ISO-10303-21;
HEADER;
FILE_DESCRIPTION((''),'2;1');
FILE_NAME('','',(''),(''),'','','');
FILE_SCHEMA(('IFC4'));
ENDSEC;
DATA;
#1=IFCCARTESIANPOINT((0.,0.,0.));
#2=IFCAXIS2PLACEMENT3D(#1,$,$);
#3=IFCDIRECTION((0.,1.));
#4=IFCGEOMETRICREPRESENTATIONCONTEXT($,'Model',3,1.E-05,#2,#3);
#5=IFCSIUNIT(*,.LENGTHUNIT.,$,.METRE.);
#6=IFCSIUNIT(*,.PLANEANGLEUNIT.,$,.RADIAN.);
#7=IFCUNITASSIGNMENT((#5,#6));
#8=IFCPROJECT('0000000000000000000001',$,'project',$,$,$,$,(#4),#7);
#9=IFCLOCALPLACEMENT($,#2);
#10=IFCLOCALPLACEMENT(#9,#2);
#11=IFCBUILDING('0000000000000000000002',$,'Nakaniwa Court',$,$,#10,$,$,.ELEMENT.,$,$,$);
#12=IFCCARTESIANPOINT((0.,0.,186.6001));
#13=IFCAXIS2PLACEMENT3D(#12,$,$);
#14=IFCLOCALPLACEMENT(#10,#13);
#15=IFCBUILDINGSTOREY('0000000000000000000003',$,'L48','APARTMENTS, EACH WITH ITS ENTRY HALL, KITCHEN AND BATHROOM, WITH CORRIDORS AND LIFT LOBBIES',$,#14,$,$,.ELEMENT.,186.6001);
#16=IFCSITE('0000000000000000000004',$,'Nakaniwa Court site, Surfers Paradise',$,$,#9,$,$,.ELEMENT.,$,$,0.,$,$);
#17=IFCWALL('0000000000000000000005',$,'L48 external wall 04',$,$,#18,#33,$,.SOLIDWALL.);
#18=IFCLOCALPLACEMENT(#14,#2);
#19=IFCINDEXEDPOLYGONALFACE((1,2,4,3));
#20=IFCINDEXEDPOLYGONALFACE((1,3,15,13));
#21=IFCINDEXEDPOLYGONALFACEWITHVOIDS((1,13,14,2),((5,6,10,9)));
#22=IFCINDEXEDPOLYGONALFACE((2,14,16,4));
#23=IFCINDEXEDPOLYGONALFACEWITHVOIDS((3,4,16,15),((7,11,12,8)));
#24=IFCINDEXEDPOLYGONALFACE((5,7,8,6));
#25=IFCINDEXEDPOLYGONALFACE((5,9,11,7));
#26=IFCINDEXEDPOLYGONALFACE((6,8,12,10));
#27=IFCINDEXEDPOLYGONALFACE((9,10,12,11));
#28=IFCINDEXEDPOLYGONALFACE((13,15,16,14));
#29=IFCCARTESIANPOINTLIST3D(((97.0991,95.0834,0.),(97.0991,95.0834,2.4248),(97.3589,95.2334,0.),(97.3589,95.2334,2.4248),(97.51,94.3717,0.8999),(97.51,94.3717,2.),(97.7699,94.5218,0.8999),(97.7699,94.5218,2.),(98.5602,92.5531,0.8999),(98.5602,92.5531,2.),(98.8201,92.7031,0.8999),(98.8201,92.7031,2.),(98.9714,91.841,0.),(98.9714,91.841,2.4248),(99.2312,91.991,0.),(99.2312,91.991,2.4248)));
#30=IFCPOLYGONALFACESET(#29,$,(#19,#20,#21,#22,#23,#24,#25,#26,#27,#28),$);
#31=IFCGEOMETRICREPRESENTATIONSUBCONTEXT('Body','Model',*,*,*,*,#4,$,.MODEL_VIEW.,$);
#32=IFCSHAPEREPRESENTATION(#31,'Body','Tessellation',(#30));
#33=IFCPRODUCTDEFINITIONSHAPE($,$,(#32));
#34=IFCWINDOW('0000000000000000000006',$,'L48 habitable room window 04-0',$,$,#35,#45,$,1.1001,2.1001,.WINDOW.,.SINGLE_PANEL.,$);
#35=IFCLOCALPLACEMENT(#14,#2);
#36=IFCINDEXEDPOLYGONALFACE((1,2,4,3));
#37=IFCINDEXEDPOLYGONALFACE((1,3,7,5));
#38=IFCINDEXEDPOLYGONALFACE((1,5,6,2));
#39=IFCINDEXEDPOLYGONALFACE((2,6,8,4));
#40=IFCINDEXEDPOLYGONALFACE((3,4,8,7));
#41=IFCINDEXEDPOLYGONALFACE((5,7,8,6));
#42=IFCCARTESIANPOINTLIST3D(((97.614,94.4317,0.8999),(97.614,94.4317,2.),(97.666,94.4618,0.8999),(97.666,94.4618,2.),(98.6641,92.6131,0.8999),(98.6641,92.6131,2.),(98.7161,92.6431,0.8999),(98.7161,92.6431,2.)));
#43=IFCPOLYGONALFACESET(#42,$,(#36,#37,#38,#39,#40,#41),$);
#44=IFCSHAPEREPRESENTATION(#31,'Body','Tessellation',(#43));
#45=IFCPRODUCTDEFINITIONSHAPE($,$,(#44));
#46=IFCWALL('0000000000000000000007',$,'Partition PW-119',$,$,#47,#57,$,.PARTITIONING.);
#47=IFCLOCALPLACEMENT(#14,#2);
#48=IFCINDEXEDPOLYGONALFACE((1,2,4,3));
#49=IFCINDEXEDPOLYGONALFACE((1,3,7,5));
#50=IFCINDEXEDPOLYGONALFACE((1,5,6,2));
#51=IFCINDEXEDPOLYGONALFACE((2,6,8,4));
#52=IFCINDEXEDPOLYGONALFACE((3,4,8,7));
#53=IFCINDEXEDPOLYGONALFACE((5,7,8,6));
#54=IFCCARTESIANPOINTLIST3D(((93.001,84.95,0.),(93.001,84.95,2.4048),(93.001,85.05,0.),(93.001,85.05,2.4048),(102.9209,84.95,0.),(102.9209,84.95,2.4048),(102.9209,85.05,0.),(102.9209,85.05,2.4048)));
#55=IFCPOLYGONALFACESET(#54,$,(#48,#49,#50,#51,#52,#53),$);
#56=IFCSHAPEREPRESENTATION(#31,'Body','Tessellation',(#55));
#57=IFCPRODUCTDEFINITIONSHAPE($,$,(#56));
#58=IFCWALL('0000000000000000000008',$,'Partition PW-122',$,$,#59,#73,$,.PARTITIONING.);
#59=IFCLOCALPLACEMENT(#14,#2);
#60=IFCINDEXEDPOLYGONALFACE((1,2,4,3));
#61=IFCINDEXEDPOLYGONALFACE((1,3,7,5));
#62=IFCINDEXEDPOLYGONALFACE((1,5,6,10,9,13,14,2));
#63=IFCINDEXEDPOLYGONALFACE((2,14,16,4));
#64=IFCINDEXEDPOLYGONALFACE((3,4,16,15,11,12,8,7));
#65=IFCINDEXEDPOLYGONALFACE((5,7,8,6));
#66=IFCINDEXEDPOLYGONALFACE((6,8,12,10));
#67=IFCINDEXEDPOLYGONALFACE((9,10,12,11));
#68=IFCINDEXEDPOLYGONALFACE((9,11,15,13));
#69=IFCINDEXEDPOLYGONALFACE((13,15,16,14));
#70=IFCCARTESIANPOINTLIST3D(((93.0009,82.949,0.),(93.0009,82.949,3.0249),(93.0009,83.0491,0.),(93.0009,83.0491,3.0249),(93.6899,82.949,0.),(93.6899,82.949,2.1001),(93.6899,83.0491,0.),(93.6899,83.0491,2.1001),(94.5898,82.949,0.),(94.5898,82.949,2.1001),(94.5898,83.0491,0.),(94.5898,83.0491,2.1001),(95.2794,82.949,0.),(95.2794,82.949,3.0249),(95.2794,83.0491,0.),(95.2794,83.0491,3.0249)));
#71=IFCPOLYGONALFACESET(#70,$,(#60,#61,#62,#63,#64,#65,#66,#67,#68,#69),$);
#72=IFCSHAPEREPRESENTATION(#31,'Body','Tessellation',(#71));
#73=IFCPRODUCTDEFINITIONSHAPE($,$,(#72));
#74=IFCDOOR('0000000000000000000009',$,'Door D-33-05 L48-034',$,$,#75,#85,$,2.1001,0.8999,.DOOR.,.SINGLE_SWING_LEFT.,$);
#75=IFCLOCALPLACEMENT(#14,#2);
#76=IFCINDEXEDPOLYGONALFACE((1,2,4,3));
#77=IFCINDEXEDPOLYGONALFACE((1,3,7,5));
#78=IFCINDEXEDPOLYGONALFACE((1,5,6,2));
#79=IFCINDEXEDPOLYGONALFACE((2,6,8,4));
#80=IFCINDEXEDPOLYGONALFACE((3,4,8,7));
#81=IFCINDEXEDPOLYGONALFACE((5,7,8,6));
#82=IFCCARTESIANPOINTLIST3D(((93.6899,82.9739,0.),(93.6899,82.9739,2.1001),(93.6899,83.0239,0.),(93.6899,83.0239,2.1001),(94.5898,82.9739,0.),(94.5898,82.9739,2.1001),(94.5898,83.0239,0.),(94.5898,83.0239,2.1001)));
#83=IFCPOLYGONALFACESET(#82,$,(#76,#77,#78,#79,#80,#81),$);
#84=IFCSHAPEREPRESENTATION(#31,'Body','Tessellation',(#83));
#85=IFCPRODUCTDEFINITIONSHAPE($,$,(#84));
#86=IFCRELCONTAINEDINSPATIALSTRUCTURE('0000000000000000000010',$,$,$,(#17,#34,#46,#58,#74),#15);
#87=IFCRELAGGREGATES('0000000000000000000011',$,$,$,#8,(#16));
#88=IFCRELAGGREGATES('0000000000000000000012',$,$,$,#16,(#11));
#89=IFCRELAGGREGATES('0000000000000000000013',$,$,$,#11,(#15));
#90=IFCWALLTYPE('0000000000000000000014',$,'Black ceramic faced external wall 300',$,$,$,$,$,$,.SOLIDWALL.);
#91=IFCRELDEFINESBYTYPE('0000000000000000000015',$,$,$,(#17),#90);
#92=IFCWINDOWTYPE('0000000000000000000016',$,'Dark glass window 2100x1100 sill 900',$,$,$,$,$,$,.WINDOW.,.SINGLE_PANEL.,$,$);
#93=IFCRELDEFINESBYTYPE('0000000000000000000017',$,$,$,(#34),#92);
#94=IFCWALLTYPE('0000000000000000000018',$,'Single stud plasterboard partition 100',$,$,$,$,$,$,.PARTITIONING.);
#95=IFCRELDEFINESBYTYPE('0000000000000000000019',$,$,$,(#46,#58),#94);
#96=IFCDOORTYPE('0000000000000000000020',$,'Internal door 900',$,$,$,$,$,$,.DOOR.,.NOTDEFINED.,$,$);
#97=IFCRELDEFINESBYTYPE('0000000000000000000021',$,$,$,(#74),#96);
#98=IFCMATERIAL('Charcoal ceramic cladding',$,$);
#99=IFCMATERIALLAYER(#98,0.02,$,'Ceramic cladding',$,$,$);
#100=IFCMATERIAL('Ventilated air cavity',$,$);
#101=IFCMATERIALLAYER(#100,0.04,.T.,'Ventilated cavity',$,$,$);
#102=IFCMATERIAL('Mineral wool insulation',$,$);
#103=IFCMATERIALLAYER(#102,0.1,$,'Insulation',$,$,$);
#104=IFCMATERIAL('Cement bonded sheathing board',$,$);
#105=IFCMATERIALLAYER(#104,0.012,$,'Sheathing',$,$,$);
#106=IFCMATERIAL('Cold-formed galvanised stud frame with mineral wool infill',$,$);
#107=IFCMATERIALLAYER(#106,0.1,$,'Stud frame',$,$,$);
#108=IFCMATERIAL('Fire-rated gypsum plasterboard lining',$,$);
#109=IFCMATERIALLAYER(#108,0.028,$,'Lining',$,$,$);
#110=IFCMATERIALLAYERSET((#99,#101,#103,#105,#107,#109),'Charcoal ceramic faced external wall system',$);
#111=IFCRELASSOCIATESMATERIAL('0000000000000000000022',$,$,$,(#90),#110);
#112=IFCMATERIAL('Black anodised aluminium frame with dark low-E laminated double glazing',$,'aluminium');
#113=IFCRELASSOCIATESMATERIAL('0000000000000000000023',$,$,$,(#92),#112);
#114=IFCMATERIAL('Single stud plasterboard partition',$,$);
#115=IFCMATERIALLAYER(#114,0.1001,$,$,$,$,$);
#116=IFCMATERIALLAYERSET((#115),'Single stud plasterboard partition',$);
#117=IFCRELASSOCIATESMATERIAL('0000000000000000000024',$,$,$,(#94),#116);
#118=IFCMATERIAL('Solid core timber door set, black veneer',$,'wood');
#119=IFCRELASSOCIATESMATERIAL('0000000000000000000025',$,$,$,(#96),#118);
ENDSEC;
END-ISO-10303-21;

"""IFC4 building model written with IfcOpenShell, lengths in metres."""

from ifc_helpers import new_model, si_unit, direction, frame, frame_2d, origin, place, context, subcontext, project, spatial, rectangle, extrude, material, layer, layer_set, type_object, element, fill, save


model = new_model("IFC4")

# Units and contexts
model_context = context("Model", 3, precision=1e-05, world=origin(), true_north=direction((0.0, 1.0)))
body_context = subcontext(model_context, "Body", "Model", "MODEL_VIEW")
ifc_project = project(units=[si_unit("LENGTHUNIT", "METRE"), si_unit("PLANEANGLEUNIT", "RADIAN")], contexts=[model_context])

# Site, building, storey
site_placement = place(None, origin())
site = spatial("IfcSite", under=ifc_project, at=site_placement, Name="Nakaniwa Court site, Surfers Paradise", CompositionType="ELEMENT", RefElevation=0.0)
building_placement = place(site_placement, origin())
building = spatial("IfcBuilding", under=site, at=building_placement, Name="Nakaniwa Court", CompositionType="ELEMENT")
storey_placement = place(building_placement, frame((0.0, 0.0, 186.6001)))
storey = spatial("IfcBuildingStorey", under=building, at=storey_placement, Name="L48", Description="APARTMENTS, EACH WITH ITS ENTRY HALL, KITCHEN AND BATHROOM, WITH CORRIDORS AND LIFT LOBBIES", CompositionType="ELEMENT", Elevation=186.6001)

# Shared definitions
ifc_material_1 = material(Name="Solid core timber door set, black veneer", Category="wood")

# Wall, opening, window
ifc_material_2 = material(Name="Charcoal ceramic cladding")
ifc_layer_1 = layer(ifc_material_2, 0.02, Name="Ceramic cladding")
ifc_material_3 = material(Name="Ventilated air cavity")
ifc_layer_2 = layer(ifc_material_3, 0.04, ventilated=True, Name="Ventilated cavity")
ifc_material_4 = material(Name="Mineral wool insulation")
ifc_layer_3 = layer(ifc_material_4, 0.1, Name="Insulation")
ifc_material_5 = material(Name="Cement bonded sheathing board")
ifc_layer_4 = layer(ifc_material_5, 0.012, Name="Sheathing")
ifc_material_6 = material(Name="Cold-formed galvanised stud frame with mineral wool infill")
ifc_layer_5 = layer(ifc_material_6, 0.1, Name="Stud frame")
ifc_material_7 = material(Name="Fire-rated gypsum plasterboard lining")
ifc_layer_6 = layer(ifc_material_7, 0.028, Name="Lining")
ifc_layer_set_1 = layer_set([ifc_layer_1, ifc_layer_2, ifc_layer_3, ifc_layer_4, ifc_layer_5, ifc_layer_6], Name="Charcoal ceramic faced external wall system")
wall_type_1 = type_object("IfcWallType", Name="Black ceramic faced external wall 300", PredefinedType="SOLIDWALL", material=ifc_layer_set_1)
ifc_material_8 = material(Name="Black anodised aluminium frame with dark low-E laminated double glazing", Category="aluminium")
window_type = type_object("IfcWindowType", Name="Dark glass window 2100x1100 sill 900", PartitioningType="SINGLE_PANEL", PredefinedType="WINDOW", material=ifc_material_8)
wall_1_placement = place(storey_placement, frame((99.1013, 91.916, 0.0), z_axis=(0.0, 0.0, 1.0), x_axis=(-0.500059, 0.865991, 0.0)))
wall_1 = element("IfcWall", 1, at=wall_1_placement, inside=storey, type_object=wall_type_1, Name="L48 external wall 04", PredefinedType="SOLIDWALL", context=body_context, shape_type="SweptSolid", body=[
    extrude(rectangle(XDim=3.7441, YDim=0.3, at=frame_2d((1.8721, 0.0))), origin(), (0.0, 0.0, 1.0), 2.4248),
])
opening_1_placement = place(wall_1_placement, frame((0.8223, 0.0, 0.8999)))
opening_1 = element("IfcOpeningElement", 2, at=opening_1_placement, cuts=wall_1, PredefinedType="OPENING", context=body_context, shape_type="SweptSolid", body=[
    extrude(rectangle(XDim=2.1001, YDim=1.1001, at=frame_2d((1.05, 0.55))), frame((0.0, 0.1599, 0.0), z_axis=(0.0, -1.0, 0.0), x_axis=(1.0, 0.0, 0.0)), (0.0, 0.0, 1.0), 0.3201),
])
window_1_placement = place(opening_1_placement, origin())
window_1 = element("IfcWindow", 3, at=window_1_placement, inside=storey, type_object=window_type, Name="L48 habitable room window 04-0", OverallHeight=1.1001, OverallWidth=2.1001, PartitioningType="SINGLE_PANEL", PredefinedType="WINDOW", context=body_context, shape_type="SweptSolid", body=[
    extrude(rectangle(XDim=2.1001, YDim=1.1001, at=frame_2d((1.05, 0.55))), frame((0.0, 0.03, 0.0), z_axis=(0.0, -1.0, 0.0), x_axis=(1.0, 0.0, 0.0)), (0.0, 0.0, 1.0), 0.0601),
])
fill(opening_1, window_1)

# Wall
ifc_material_9 = material(Name="Single stud plasterboard partition")
ifc_layer_7 = layer(ifc_material_9, 0.1001)
ifc_layer_set_2 = layer_set([ifc_layer_7], Name="Single stud plasterboard partition")
wall_type_2 = type_object("IfcWallType", Name="Single stud plasterboard partition 100", PredefinedType="PARTITIONING", material=ifc_layer_set_2)
wall_2_placement = place(storey_placement, frame((93.001, 85.0, 0.0), z_axis=(0.0, 0.0, 1.0), x_axis=(1.0, 0.0, 0.0)))
element("IfcWall", 4, at=wall_2_placement, inside=storey, type_object=wall_type_2, Name="Partition PW-119", PredefinedType="PARTITIONING", context=body_context, shape_type="SweptSolid", body=[
    extrude(rectangle(XDim=9.9199, YDim=0.1001, at=frame_2d((4.96, 0.0))), origin(), (0.0, 0.0, 1.0), 2.4048),
])

# Wall, opening, door
wall_3_placement = place(storey_placement, frame((93.001, 82.999, 0.0), z_axis=(0.0, 0.0, 1.0), x_axis=(1.0, 0.0, 0.0)))
wall_3 = element("IfcWall", 5, at=wall_3_placement, inside=storey, type_object=wall_type_2, Name="Partition PW-122", PredefinedType="PARTITIONING", context=body_context, shape_type="SweptSolid", body=[
    extrude(rectangle(XDim=2.2786, YDim=0.1001, at=frame_2d((1.1392, 0.0))), origin(), (0.0, 0.0, 1.0), 3.0249),
])
opening_2_placement = place(wall_3_placement, frame((0.689, 0.0, 0.0)))
opening_2 = element("IfcOpeningElement", 6, at=opening_2_placement, cuts=wall_3, PredefinedType="OPENING", context=body_context, shape_type="SweptSolid", body=[
    extrude(rectangle(XDim=0.8999, YDim=2.1001, at=frame_2d((0.45, 1.05))), frame((0.0, 0.0601, 0.0), z_axis=(0.0, -1.0, 0.0), x_axis=(1.0, 0.0, 0.0)), (0.0, 0.0, 1.0), 0.1201),
])
door_type_1 = type_object("IfcDoorType", Name="Internal door 900", OperationType="NOTDEFINED", PredefinedType="DOOR", material=ifc_material_1)
door_1_placement = place(opening_2_placement, origin())
door_1 = element("IfcDoor", 7, at=door_1_placement, inside=storey, type_object=door_type_1, Name="Door D-33-05 L48-034", OperationType="SINGLE_SWING_LEFT", OverallHeight=2.1001, OverallWidth=0.8999, PredefinedType="DOOR", context=body_context, shape_type="SweptSolid", body=[
    extrude(rectangle(XDim=0.8999, YDim=2.1001, at=frame_2d((0.45, 1.05))), frame((0.0, 0.0249, 0.0), z_axis=(0.0, -1.0, 0.0), x_axis=(1.0, 0.0, 0.0)), (0.0, 0.0, 1.0), 0.05),
])
fill(opening_2, door_1)

save(model, "model.ifc")
